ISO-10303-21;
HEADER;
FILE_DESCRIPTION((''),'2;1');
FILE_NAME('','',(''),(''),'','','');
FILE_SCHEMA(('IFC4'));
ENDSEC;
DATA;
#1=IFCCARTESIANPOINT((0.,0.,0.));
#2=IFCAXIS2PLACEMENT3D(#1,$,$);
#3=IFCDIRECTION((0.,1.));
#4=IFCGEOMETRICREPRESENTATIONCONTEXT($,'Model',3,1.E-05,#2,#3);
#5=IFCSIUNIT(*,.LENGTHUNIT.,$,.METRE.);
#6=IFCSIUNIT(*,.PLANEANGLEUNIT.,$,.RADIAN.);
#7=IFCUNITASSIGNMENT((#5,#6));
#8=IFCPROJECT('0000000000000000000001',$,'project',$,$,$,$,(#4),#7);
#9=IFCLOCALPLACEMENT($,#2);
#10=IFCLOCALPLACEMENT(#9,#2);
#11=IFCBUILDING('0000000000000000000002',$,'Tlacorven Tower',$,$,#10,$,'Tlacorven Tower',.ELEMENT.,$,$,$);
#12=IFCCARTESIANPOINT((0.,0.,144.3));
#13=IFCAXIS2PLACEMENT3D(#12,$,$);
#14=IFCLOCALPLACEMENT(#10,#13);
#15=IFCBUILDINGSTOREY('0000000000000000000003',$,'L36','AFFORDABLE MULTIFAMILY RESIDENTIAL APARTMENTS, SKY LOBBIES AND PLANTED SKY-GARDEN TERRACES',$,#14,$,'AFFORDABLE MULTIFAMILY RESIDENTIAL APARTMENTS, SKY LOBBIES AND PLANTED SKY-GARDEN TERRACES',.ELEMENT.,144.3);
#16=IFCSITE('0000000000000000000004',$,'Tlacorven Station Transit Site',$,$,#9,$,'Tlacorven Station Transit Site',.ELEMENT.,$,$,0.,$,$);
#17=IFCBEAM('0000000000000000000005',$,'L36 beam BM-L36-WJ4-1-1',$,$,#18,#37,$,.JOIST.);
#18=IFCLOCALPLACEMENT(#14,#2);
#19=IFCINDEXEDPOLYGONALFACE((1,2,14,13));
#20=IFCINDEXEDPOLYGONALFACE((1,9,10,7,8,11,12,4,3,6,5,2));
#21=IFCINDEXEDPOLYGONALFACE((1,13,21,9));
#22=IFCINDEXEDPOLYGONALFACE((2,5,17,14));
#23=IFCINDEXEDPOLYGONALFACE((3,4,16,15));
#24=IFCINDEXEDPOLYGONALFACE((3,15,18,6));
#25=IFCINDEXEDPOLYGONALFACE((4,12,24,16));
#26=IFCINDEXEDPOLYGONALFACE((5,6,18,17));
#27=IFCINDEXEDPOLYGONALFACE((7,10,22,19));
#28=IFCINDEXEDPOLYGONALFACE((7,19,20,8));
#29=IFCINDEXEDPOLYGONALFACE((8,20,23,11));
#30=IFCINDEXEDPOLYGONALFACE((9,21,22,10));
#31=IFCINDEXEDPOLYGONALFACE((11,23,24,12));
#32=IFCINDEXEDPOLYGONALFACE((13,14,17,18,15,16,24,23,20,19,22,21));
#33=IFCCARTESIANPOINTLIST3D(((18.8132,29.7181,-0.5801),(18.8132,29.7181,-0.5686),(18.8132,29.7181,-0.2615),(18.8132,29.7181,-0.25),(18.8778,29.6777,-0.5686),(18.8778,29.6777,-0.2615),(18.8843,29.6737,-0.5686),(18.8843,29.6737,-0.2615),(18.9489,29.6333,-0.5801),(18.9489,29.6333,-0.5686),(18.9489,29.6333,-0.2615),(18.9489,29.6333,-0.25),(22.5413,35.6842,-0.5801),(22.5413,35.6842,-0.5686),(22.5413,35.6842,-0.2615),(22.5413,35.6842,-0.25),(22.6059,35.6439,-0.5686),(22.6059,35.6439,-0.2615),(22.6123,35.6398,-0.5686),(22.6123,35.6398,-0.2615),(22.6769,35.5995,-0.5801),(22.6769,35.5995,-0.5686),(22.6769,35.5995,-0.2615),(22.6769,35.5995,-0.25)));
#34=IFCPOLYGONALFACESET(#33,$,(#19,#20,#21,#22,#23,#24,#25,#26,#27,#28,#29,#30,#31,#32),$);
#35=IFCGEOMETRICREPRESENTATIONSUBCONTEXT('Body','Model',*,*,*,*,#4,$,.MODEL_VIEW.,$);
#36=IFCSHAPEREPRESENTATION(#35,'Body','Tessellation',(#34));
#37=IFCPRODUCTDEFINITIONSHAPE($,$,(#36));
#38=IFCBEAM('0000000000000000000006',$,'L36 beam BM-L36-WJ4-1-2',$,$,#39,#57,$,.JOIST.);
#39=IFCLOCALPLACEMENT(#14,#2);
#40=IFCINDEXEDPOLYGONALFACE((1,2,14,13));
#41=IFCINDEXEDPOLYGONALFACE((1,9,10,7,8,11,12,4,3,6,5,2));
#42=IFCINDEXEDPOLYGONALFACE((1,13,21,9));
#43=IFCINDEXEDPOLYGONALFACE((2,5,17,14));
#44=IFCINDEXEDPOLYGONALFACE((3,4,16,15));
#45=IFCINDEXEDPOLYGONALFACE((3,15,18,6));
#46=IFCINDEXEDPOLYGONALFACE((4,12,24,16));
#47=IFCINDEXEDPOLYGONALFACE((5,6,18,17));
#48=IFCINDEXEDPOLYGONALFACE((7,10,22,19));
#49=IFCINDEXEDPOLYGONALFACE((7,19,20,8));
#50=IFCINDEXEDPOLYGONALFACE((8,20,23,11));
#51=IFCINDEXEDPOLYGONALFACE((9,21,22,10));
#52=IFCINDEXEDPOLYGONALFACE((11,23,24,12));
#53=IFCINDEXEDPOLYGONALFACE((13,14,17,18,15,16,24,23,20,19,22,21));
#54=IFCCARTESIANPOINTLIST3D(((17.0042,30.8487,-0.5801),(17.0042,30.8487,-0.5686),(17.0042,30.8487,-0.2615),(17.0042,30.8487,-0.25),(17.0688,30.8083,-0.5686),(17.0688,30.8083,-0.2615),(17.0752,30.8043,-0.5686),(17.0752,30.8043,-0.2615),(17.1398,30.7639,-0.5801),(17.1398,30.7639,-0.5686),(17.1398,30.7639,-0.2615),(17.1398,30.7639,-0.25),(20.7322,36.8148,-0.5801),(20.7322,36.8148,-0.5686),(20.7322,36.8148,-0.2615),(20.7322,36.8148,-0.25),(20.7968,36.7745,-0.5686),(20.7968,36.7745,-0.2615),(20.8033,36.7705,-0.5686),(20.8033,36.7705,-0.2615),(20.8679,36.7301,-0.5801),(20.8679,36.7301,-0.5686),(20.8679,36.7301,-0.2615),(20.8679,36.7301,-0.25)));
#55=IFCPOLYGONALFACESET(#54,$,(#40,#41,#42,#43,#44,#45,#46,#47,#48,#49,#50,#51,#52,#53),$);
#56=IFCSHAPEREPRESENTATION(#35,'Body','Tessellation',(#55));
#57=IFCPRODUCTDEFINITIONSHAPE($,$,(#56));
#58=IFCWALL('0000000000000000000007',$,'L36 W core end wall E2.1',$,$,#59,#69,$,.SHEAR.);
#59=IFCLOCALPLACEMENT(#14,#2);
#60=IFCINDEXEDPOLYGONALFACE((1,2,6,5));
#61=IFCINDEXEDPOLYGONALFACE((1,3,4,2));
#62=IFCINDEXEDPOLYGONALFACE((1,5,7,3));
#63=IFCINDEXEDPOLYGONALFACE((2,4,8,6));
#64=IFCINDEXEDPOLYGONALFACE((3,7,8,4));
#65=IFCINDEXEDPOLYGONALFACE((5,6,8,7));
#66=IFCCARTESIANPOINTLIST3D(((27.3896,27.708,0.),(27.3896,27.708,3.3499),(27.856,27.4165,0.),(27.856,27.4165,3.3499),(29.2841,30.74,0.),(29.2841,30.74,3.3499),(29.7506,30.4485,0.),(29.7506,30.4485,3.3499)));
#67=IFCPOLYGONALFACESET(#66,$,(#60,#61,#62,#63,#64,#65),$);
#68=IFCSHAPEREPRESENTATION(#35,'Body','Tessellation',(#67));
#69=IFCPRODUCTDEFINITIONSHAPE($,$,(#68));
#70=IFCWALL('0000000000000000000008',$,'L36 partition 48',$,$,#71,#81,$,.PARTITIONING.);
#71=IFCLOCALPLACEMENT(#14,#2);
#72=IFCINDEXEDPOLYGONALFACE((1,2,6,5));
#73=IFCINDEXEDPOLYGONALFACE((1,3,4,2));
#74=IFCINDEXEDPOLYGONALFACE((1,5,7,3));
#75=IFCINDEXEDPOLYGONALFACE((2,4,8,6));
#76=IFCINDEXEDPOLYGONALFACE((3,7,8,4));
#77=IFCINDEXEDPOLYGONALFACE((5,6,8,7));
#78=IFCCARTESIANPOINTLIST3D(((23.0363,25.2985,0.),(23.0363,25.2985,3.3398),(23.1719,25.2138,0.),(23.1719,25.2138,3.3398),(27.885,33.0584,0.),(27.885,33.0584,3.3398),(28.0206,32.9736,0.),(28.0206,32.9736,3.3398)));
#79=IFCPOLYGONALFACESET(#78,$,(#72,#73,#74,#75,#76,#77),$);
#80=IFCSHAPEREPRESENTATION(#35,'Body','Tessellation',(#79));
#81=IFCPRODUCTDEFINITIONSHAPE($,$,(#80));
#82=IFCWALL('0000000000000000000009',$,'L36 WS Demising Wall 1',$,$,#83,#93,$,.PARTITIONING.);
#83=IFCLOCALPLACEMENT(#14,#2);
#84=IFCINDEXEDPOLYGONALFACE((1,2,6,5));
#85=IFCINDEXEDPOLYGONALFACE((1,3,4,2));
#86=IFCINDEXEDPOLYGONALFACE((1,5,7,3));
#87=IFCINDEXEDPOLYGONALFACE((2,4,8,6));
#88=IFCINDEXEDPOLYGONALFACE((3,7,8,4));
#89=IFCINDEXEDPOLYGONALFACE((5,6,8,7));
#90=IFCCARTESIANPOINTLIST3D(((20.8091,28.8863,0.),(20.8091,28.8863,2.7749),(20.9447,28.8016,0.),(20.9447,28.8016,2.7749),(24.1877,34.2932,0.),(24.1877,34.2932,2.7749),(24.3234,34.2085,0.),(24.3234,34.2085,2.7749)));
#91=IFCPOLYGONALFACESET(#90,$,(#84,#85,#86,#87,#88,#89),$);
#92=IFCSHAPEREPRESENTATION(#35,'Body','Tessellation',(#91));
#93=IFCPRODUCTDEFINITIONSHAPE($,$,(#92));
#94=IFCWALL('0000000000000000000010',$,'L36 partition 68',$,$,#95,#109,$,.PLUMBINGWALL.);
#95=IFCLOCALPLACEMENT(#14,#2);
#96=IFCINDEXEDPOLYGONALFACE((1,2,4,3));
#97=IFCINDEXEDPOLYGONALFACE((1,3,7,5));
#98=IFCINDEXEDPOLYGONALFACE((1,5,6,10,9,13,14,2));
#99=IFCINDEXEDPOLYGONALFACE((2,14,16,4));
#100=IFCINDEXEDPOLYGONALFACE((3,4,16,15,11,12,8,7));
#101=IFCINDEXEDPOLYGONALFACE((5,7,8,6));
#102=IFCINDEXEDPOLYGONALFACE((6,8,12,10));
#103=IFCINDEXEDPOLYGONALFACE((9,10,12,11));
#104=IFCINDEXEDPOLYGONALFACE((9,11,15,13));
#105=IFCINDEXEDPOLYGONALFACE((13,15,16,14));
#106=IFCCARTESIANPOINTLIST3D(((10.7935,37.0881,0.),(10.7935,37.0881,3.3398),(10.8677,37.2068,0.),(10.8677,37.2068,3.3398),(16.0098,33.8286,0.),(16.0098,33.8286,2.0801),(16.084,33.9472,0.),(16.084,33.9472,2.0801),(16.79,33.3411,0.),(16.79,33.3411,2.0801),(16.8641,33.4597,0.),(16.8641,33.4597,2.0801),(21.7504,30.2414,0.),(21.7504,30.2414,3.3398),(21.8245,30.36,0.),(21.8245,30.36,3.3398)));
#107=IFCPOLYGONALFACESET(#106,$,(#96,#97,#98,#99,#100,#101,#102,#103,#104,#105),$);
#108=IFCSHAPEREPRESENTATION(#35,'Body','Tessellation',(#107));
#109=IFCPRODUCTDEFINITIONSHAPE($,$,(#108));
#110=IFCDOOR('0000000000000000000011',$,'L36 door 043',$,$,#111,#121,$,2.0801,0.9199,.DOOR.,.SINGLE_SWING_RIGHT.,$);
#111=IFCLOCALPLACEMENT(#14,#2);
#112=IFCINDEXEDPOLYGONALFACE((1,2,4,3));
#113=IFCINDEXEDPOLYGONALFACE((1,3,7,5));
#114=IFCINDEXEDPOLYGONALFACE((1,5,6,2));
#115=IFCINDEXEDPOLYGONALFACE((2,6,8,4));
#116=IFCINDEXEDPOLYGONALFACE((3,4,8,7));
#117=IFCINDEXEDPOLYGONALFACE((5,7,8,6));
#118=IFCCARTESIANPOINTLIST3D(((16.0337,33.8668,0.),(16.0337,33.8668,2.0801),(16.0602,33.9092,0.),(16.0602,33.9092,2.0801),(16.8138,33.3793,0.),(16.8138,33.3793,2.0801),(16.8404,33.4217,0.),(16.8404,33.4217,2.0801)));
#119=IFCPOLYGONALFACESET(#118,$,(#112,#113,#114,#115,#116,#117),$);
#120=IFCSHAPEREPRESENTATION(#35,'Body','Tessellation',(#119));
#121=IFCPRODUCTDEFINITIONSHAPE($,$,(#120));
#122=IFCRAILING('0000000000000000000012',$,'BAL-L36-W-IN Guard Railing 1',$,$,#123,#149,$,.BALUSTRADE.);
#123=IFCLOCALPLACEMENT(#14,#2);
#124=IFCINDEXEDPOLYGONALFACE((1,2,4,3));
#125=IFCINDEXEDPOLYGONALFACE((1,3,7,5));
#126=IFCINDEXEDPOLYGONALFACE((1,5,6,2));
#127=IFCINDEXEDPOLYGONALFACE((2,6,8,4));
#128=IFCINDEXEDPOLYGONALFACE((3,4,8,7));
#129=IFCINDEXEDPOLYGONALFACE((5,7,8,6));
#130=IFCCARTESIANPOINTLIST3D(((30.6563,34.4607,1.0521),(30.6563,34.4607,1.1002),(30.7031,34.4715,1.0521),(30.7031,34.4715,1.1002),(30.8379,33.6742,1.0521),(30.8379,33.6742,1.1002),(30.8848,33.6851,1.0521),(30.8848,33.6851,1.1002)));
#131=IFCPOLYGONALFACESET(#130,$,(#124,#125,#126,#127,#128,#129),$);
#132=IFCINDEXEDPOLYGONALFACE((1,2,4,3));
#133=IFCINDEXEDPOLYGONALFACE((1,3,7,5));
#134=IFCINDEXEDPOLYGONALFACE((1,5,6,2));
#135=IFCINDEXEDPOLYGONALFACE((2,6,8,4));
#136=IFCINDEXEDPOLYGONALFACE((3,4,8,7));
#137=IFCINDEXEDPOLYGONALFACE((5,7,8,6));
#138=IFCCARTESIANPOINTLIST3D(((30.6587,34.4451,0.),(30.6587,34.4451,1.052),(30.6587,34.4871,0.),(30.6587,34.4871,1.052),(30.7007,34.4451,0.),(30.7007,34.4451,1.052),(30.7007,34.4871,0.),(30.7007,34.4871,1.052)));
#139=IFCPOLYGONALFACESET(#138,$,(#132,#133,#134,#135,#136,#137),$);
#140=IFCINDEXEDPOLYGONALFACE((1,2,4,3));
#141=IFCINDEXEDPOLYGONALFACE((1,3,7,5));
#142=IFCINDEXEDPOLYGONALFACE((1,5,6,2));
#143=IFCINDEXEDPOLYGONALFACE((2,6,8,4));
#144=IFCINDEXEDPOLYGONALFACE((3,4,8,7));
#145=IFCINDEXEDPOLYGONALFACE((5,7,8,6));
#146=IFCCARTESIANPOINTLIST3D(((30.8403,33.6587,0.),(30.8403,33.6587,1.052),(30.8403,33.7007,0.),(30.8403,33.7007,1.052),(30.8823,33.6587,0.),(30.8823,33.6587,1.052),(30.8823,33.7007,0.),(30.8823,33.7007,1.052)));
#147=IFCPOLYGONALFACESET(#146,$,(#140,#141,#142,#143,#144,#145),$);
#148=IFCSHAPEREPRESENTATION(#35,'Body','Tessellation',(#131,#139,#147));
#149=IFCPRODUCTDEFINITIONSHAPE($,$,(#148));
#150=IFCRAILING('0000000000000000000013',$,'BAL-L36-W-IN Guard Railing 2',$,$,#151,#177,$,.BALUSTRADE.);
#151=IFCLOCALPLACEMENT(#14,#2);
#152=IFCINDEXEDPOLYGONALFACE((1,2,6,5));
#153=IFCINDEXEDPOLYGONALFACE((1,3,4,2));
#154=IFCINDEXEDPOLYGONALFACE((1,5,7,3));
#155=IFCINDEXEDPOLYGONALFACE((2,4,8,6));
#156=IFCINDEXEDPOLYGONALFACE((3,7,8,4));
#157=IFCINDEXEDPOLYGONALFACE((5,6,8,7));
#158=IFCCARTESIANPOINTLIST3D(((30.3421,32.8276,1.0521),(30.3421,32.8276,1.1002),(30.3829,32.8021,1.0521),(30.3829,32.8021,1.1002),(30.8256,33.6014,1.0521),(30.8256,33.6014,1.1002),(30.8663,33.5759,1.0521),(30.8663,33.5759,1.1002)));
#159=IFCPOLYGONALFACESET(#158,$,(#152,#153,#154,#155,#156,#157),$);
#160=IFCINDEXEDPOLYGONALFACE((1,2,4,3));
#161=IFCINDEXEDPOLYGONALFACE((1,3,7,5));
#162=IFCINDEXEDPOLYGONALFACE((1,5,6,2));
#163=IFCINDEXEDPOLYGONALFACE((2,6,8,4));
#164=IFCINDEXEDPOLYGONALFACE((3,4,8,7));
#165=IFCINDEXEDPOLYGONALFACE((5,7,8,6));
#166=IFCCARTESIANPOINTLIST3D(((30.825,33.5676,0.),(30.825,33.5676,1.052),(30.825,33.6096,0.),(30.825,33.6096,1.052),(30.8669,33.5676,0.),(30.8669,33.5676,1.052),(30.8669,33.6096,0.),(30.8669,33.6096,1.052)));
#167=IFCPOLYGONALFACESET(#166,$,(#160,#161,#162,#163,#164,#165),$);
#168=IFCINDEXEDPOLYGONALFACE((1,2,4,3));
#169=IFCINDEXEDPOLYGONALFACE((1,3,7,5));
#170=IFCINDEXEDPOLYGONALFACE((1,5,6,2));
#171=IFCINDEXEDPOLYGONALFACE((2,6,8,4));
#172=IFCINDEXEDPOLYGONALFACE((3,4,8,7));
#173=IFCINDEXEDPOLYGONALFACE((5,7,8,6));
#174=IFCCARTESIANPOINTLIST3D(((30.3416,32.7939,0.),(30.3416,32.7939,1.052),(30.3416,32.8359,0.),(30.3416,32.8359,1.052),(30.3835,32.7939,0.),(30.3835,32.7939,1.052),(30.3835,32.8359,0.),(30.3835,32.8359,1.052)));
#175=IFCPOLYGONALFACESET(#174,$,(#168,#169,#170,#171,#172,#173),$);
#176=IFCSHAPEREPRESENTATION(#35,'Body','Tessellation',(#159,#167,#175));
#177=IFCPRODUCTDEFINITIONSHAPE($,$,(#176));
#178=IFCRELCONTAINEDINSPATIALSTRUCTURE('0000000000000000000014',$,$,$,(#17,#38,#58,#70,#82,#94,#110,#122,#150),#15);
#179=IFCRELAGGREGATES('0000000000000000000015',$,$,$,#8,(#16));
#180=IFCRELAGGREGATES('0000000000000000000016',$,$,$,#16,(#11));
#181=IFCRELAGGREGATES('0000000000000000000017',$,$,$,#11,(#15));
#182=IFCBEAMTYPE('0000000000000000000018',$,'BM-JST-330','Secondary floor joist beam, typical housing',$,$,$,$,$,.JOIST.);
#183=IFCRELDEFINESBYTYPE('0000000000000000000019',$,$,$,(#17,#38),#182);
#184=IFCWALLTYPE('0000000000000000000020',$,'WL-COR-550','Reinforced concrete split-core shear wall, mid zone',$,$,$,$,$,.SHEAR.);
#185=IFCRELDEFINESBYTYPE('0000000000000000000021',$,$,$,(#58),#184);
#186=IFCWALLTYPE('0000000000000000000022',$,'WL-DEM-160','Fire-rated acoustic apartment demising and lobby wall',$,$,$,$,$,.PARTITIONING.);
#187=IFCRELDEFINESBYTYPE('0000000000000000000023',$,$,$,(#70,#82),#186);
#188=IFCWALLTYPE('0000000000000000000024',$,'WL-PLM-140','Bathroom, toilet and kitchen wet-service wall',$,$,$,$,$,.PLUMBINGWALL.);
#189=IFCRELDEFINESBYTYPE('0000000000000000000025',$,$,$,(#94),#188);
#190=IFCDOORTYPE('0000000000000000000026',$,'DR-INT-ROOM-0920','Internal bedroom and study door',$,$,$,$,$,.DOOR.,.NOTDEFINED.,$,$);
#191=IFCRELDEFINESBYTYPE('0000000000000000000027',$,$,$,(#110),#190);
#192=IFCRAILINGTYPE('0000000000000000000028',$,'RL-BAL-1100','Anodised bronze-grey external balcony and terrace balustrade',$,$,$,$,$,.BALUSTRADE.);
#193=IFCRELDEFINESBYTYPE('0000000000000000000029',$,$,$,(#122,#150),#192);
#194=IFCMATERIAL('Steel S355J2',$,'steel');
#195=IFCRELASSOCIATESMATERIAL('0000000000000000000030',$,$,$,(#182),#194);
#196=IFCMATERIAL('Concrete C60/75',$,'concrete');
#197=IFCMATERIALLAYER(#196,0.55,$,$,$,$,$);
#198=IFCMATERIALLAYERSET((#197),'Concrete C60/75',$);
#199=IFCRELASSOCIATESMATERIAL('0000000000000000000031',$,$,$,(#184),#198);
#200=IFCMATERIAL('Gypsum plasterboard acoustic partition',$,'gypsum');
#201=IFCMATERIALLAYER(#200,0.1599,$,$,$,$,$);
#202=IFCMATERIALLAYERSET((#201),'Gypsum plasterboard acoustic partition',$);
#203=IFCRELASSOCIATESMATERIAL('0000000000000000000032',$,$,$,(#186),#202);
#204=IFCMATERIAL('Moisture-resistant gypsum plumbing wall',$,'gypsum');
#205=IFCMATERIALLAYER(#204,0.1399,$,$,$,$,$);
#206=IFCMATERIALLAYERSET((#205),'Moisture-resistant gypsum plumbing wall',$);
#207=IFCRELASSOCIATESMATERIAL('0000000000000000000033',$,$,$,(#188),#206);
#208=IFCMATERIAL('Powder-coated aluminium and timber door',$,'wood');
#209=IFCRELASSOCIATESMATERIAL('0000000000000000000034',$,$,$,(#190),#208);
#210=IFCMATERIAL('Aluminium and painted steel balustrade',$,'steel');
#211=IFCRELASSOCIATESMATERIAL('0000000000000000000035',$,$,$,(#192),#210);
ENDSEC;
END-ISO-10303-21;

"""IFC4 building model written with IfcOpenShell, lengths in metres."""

from ifc_helpers import new_model, si_unit, direction, frame, frame_2d, origin, origin_2d, place, context, subcontext, project, spatial, rectangle, i_section, extrude, source, transform, mapped, material, layer, layer_set, material_profile, profile_set, type_object, element, fill, save


model = new_model("IFC4")

# Units and contexts
model_context = context("Model", 3, precision=1e-05, world=origin(), true_north=direction((0.0, 1.0)))
body_context = subcontext(model_context, "Body", "Model", "MODEL_VIEW")
ifc_project = project(units=[si_unit("LENGTHUNIT", "METRE"), si_unit("PLANEANGLEUNIT", "RADIAN")], contexts=[model_context])

# Site, building, storey
site_placement = place(None, origin())
site = spatial("IfcSite", under=ifc_project, at=site_placement, Name="Tlacorven Station Transit Site", LongName="Tlacorven Station Transit Site", CompositionType="ELEMENT", RefElevation=0.0)
building_placement = place(site_placement, origin())
building = spatial("IfcBuilding", under=site, at=building_placement, Name="Tlacorven Tower", LongName="Tlacorven Tower", CompositionType="ELEMENT")
storey_placement = place(building_placement, frame((0.0, 0.0, 144.3)))
storey = spatial("IfcBuildingStorey", under=building, at=storey_placement, Name="L36", Description="AFFORDABLE MULTIFAMILY RESIDENTIAL APARTMENTS, SKY LOBBIES AND PLANTED SKY-GARDEN TERRACES", LongName="AFFORDABLE MULTIFAMILY RESIDENTIAL APARTMENTS, SKY LOBBIES AND PLANTED SKY-GARDEN TERRACES", CompositionType="ELEMENT", Elevation=144.3)

# Beams
ifc_material_1 = material(Name="Steel S355J2", Category="steel")
ifc_material_profile_1 = material_profile(ifc_material_1, i_section(OverallWidth=0.1599, OverallDepth=0.3301, WebThickness=0.0076, FlangeThickness=0.0115, at=origin_2d()), Name="IPE 330")
ifc_profile_set_1 = profile_set([ifc_material_profile_1], Name="Steel S355J2")
beam_type_1 = type_object("IfcBeamType", Name="BM-JST-330", Description="Secondary floor joist beam, typical housing", PredefinedType="JOIST", material=ifc_profile_set_1)
shared_shape_1 = source(origin(), body_context, "Body", "SweptSolid", [
    extrude(i_section(OverallWidth=0.1599, OverallDepth=0.3301, WebThickness=0.0076, FlangeThickness=0.0115, at=origin_2d()), origin(), (0.0, 0.0, 1.0), 7.0352),
])
for number, where, z_axis, x_axis, name in (
    (1, (22.6091, 35.6418, -0.415), (-0.529921, -0.848047, 0.0), (0.848047, -0.529921, 0.0), "L36 beam BM-L36-WJ4-1-1"),
    (2, (20.8, 36.7725, -0.415), (-0.529921, -0.848047, 0.0), (0.848047, -0.529921, 0.0), "L36 beam BM-L36-WJ4-1-2"),
):
    element("IfcBeam", number, at=place(storey_placement, frame(where, z_axis=z_axis, x_axis=x_axis)), inside=storey, type_object=beam_type_1, Name=name, PredefinedType="JOIST", context=body_context, shape_type="MappedRepresentation", body=[
        mapped(shared_shape_1, transform((0.0, 0.0, 0.0), scale=1.0)),
    ])

# Walls
ifc_material_2 = material(Name="Concrete C60/75", Category="concrete")
ifc_layer_1 = layer(ifc_material_2, 0.55)
ifc_layer_set_1 = layer_set([ifc_layer_1], Name="Concrete C60/75")
wall_type_1 = type_object("IfcWallType", Name="WL-COR-550", Description="Reinforced concrete split-core shear wall, mid zone", PredefinedType="SHEAR", material=ifc_layer_set_1)
wall_1_placement = place(storey_placement, frame((29.5173, 30.5942, 0.0), z_axis=(0.0, 0.0, 1.0), x_axis=(-0.529907, -0.848056, 0.0)))
element("IfcWall", 3, at=wall_1_placement, inside=storey, type_object=wall_type_1, Name="L36 W core end wall E2.1", PredefinedType="SHEAR", context=body_context, shape_type="SweptSolid", body=[
    extrude(rectangle(XDim=3.5752, YDim=0.55, at=frame_2d((1.7876, 0.0))), origin(), (0.0, 0.0, 1.0), 3.3499),
])
ifc_material_3 = material(Name="Gypsum plasterboard acoustic partition", Category="gypsum")
ifc_layer_2 = layer(ifc_material_3, 0.1599)
ifc_layer_set_2 = layer_set([ifc_layer_2], Name="Gypsum plasterboard acoustic partition")
wall_type_2 = type_object("IfcWallType", Name="WL-DEM-160", Description="Fire-rated acoustic apartment demising and lobby wall", PredefinedType="PARTITIONING", material=ifc_layer_set_2)
wall_2_placement = place(storey_placement, frame((27.9529, 33.0161, 0.0), z_axis=(0.0, 0.0, 1.0), x_axis=(-0.529903, -0.848058, 0.0)))
element("IfcWall", 4, at=wall_2_placement, inside=storey, type_object=wall_type_2, Name="L36 partition 48", PredefinedType="PARTITIONING", context=body_context, shape_type="SweptSolid", body=[
    extrude(rectangle(XDim=9.1501, YDim=0.1599, at=frame_2d((4.5752, 0.0))), origin(), (0.0, 0.0, 1.0), 3.3398),
])
wall_3_placement = place(storey_placement, frame((24.2556, 34.251, 0.0), z_axis=(0.0, 0.0, 1.0), x_axis=(-0.52992, -0.848048, 0.0)))
element("IfcWall", 5, at=wall_3_placement, inside=storey, type_object=wall_type_2, Name="L36 WS Demising Wall 1", PredefinedType="PARTITIONING", context=body_context, shape_type="SweptSolid", body=[
    extrude(rectangle(XDim=6.3757, YDim=0.1599, at=frame_2d((3.188, 0.0))), origin(), (0.0, 0.0, 1.0), 2.7749),
])

# Wall, opening, door
ifc_material_4 = material(Name="Moisture-resistant gypsum plumbing wall", Category="gypsum")
ifc_layer_3 = layer(ifc_material_4, 0.1399)
ifc_layer_set_3 = layer_set([ifc_layer_3], Name="Moisture-resistant gypsum plumbing wall")
wall_type_3 = type_object("IfcWallType", Name="WL-PLM-140", Description="Bathroom, toilet and kitchen wet-service wall", PredefinedType="PLUMBINGWALL", material=ifc_layer_set_3)
wall_4_placement = place(storey_placement, frame((21.7874, 30.3008, 0.0), z_axis=(0.0, 0.0, 1.0), x_axis=(-0.848044, 0.529926, 0.0)))
wall_4 = element("IfcWall", 6, at=wall_4_placement, inside=storey, type_object=wall_type_3, Name="L36 partition 68", PredefinedType="PLUMBINGWALL", context=body_context, shape_type="SweptSolid", body=[
    extrude(rectangle(XDim=12.9202, YDim=0.1399, at=frame_2d((6.46, 0.0))), origin(), (0.0, 0.0, 1.0), 3.3398),
])
opening_placement = place(wall_4_placement, frame((5.8491, 0.0, 0.0)))
opening = element("IfcOpeningElement", 7, at=opening_placement, cuts=wall_4, PredefinedType="OPENING", context=body_context, shape_type="SweptSolid", body=[
    extrude(rectangle(XDim=0.9199, YDim=2.0801, at=frame_2d((0.46, 1.04))), frame((0.0, 0.0801, 0.0), z_axis=(0.0, -1.0, 0.0), x_axis=(1.0, 0.0, 0.0)), (0.0, 0.0, 1.0), 0.1599),
])
ifc_material_5 = material(Name="Powder-coated aluminium and timber door", Category="wood")
door_type = type_object("IfcDoorType", Name="DR-INT-ROOM-0920", Description="Internal bedroom and study door", OperationType="NOTDEFINED", PredefinedType="DOOR", material=ifc_material_5)
shared_shape_2 = source(origin(), body_context, "Body", "SweptSolid", [
    extrude(rectangle(XDim=0.9199, YDim=2.0801, at=frame_2d((0.46, 1.04))), frame((0.0, 0.0249, 0.0), z_axis=(0.0, -1.0, 0.0), x_axis=(1.0, 0.0, 0.0)), (0.0, 0.0, 1.0), 0.05),
])
door_placement = place(opening_placement, origin())
door = element("IfcDoor", 8, at=door_placement, inside=storey, type_object=door_type, Name="L36 door 043", OperationType="SINGLE_SWING_RIGHT", OverallHeight=2.0801, OverallWidth=0.9199, PredefinedType="DOOR", context=body_context, shape_type="MappedRepresentation", body=[
    mapped(shared_shape_2, transform((0.0, 0.0, 0.0), scale=1.0)),
])
fill(opening, door)

# Railings
ifc_material_6 = material(Name="Aluminium and painted steel balustrade", Category="steel")
railing_type = type_object("IfcRailingType", Name="RL-BAL-1100", Description="Anodised bronze-grey external balcony and terrace balustrade", PredefinedType="BALUSTRADE", material=ifc_material_6)
shared_shape_3 = source(origin(), body_context, "Body", "SweptSolid", [
    extrude(rectangle(XDim=0.0481, YDim=0.0481, at=origin_2d()), frame((0.0, 0.0, 1.0762), z_axis=(0.225058, -0.974345, 0.0), x_axis=(0.974345, 0.225058, 0.0)), (0.0, 0.0, 1.0), 0.8071),
    extrude(rectangle(XDim=0.042, YDim=0.042, at=origin_2d()), origin(), (0.0, 0.0, 1.0), 1.052),
    extrude(rectangle(XDim=0.042, YDim=0.042, at=origin_2d()), frame((0.1816, -0.7864, 0.0)), (0.0, 0.0, 1.0), 1.052),
])
railing_1_placement = place(storey_placement, frame((30.6797, 34.4661, 0.0)))
element("IfcRailing", 9, at=railing_1_placement, inside=storey, type_object=railing_type, Name="BAL-L36-W-IN Guard Railing 1", PredefinedType="BALUSTRADE", context=body_context, shape_type="MappedRepresentation", body=[
    mapped(shared_shape_3, transform((0.0, 0.0, 0.0), scale=1.0)),
])
shared_shape_4 = source(origin(), body_context, "Body", "SweptSolid", [
    extrude(rectangle(XDim=0.0481, YDim=0.0481, at=origin_2d()), frame((0.0, 0.0, 1.0762), z_axis=(-0.529879, -0.848073, 0.0), x_axis=(0.848073, -0.529879, 0.0)), (0.0, 0.0, 1.0), 0.9124),
    extrude(rectangle(XDim=0.042, YDim=0.042, at=origin_2d()), origin(), (0.0, 0.0, 1.0), 1.052),
    extrude(rectangle(XDim=0.042, YDim=0.042, at=origin_2d()), frame((-0.4834, -0.7737, 0.0)), (0.0, 0.0, 1.0), 1.052),
])
railing_2_placement = place(storey_placement, frame((30.8459, 33.5886, 0.0)))
element("IfcRailing", 10, at=railing_2_placement, inside=storey, type_object=railing_type, Name="BAL-L36-W-IN Guard Railing 2", PredefinedType="BALUSTRADE", context=body_context, shape_type="MappedRepresentation", body=[
    mapped(shared_shape_4, transform((0.0, 0.0, 0.0), scale=1.0)),
])

save(model, "model.ifc")
